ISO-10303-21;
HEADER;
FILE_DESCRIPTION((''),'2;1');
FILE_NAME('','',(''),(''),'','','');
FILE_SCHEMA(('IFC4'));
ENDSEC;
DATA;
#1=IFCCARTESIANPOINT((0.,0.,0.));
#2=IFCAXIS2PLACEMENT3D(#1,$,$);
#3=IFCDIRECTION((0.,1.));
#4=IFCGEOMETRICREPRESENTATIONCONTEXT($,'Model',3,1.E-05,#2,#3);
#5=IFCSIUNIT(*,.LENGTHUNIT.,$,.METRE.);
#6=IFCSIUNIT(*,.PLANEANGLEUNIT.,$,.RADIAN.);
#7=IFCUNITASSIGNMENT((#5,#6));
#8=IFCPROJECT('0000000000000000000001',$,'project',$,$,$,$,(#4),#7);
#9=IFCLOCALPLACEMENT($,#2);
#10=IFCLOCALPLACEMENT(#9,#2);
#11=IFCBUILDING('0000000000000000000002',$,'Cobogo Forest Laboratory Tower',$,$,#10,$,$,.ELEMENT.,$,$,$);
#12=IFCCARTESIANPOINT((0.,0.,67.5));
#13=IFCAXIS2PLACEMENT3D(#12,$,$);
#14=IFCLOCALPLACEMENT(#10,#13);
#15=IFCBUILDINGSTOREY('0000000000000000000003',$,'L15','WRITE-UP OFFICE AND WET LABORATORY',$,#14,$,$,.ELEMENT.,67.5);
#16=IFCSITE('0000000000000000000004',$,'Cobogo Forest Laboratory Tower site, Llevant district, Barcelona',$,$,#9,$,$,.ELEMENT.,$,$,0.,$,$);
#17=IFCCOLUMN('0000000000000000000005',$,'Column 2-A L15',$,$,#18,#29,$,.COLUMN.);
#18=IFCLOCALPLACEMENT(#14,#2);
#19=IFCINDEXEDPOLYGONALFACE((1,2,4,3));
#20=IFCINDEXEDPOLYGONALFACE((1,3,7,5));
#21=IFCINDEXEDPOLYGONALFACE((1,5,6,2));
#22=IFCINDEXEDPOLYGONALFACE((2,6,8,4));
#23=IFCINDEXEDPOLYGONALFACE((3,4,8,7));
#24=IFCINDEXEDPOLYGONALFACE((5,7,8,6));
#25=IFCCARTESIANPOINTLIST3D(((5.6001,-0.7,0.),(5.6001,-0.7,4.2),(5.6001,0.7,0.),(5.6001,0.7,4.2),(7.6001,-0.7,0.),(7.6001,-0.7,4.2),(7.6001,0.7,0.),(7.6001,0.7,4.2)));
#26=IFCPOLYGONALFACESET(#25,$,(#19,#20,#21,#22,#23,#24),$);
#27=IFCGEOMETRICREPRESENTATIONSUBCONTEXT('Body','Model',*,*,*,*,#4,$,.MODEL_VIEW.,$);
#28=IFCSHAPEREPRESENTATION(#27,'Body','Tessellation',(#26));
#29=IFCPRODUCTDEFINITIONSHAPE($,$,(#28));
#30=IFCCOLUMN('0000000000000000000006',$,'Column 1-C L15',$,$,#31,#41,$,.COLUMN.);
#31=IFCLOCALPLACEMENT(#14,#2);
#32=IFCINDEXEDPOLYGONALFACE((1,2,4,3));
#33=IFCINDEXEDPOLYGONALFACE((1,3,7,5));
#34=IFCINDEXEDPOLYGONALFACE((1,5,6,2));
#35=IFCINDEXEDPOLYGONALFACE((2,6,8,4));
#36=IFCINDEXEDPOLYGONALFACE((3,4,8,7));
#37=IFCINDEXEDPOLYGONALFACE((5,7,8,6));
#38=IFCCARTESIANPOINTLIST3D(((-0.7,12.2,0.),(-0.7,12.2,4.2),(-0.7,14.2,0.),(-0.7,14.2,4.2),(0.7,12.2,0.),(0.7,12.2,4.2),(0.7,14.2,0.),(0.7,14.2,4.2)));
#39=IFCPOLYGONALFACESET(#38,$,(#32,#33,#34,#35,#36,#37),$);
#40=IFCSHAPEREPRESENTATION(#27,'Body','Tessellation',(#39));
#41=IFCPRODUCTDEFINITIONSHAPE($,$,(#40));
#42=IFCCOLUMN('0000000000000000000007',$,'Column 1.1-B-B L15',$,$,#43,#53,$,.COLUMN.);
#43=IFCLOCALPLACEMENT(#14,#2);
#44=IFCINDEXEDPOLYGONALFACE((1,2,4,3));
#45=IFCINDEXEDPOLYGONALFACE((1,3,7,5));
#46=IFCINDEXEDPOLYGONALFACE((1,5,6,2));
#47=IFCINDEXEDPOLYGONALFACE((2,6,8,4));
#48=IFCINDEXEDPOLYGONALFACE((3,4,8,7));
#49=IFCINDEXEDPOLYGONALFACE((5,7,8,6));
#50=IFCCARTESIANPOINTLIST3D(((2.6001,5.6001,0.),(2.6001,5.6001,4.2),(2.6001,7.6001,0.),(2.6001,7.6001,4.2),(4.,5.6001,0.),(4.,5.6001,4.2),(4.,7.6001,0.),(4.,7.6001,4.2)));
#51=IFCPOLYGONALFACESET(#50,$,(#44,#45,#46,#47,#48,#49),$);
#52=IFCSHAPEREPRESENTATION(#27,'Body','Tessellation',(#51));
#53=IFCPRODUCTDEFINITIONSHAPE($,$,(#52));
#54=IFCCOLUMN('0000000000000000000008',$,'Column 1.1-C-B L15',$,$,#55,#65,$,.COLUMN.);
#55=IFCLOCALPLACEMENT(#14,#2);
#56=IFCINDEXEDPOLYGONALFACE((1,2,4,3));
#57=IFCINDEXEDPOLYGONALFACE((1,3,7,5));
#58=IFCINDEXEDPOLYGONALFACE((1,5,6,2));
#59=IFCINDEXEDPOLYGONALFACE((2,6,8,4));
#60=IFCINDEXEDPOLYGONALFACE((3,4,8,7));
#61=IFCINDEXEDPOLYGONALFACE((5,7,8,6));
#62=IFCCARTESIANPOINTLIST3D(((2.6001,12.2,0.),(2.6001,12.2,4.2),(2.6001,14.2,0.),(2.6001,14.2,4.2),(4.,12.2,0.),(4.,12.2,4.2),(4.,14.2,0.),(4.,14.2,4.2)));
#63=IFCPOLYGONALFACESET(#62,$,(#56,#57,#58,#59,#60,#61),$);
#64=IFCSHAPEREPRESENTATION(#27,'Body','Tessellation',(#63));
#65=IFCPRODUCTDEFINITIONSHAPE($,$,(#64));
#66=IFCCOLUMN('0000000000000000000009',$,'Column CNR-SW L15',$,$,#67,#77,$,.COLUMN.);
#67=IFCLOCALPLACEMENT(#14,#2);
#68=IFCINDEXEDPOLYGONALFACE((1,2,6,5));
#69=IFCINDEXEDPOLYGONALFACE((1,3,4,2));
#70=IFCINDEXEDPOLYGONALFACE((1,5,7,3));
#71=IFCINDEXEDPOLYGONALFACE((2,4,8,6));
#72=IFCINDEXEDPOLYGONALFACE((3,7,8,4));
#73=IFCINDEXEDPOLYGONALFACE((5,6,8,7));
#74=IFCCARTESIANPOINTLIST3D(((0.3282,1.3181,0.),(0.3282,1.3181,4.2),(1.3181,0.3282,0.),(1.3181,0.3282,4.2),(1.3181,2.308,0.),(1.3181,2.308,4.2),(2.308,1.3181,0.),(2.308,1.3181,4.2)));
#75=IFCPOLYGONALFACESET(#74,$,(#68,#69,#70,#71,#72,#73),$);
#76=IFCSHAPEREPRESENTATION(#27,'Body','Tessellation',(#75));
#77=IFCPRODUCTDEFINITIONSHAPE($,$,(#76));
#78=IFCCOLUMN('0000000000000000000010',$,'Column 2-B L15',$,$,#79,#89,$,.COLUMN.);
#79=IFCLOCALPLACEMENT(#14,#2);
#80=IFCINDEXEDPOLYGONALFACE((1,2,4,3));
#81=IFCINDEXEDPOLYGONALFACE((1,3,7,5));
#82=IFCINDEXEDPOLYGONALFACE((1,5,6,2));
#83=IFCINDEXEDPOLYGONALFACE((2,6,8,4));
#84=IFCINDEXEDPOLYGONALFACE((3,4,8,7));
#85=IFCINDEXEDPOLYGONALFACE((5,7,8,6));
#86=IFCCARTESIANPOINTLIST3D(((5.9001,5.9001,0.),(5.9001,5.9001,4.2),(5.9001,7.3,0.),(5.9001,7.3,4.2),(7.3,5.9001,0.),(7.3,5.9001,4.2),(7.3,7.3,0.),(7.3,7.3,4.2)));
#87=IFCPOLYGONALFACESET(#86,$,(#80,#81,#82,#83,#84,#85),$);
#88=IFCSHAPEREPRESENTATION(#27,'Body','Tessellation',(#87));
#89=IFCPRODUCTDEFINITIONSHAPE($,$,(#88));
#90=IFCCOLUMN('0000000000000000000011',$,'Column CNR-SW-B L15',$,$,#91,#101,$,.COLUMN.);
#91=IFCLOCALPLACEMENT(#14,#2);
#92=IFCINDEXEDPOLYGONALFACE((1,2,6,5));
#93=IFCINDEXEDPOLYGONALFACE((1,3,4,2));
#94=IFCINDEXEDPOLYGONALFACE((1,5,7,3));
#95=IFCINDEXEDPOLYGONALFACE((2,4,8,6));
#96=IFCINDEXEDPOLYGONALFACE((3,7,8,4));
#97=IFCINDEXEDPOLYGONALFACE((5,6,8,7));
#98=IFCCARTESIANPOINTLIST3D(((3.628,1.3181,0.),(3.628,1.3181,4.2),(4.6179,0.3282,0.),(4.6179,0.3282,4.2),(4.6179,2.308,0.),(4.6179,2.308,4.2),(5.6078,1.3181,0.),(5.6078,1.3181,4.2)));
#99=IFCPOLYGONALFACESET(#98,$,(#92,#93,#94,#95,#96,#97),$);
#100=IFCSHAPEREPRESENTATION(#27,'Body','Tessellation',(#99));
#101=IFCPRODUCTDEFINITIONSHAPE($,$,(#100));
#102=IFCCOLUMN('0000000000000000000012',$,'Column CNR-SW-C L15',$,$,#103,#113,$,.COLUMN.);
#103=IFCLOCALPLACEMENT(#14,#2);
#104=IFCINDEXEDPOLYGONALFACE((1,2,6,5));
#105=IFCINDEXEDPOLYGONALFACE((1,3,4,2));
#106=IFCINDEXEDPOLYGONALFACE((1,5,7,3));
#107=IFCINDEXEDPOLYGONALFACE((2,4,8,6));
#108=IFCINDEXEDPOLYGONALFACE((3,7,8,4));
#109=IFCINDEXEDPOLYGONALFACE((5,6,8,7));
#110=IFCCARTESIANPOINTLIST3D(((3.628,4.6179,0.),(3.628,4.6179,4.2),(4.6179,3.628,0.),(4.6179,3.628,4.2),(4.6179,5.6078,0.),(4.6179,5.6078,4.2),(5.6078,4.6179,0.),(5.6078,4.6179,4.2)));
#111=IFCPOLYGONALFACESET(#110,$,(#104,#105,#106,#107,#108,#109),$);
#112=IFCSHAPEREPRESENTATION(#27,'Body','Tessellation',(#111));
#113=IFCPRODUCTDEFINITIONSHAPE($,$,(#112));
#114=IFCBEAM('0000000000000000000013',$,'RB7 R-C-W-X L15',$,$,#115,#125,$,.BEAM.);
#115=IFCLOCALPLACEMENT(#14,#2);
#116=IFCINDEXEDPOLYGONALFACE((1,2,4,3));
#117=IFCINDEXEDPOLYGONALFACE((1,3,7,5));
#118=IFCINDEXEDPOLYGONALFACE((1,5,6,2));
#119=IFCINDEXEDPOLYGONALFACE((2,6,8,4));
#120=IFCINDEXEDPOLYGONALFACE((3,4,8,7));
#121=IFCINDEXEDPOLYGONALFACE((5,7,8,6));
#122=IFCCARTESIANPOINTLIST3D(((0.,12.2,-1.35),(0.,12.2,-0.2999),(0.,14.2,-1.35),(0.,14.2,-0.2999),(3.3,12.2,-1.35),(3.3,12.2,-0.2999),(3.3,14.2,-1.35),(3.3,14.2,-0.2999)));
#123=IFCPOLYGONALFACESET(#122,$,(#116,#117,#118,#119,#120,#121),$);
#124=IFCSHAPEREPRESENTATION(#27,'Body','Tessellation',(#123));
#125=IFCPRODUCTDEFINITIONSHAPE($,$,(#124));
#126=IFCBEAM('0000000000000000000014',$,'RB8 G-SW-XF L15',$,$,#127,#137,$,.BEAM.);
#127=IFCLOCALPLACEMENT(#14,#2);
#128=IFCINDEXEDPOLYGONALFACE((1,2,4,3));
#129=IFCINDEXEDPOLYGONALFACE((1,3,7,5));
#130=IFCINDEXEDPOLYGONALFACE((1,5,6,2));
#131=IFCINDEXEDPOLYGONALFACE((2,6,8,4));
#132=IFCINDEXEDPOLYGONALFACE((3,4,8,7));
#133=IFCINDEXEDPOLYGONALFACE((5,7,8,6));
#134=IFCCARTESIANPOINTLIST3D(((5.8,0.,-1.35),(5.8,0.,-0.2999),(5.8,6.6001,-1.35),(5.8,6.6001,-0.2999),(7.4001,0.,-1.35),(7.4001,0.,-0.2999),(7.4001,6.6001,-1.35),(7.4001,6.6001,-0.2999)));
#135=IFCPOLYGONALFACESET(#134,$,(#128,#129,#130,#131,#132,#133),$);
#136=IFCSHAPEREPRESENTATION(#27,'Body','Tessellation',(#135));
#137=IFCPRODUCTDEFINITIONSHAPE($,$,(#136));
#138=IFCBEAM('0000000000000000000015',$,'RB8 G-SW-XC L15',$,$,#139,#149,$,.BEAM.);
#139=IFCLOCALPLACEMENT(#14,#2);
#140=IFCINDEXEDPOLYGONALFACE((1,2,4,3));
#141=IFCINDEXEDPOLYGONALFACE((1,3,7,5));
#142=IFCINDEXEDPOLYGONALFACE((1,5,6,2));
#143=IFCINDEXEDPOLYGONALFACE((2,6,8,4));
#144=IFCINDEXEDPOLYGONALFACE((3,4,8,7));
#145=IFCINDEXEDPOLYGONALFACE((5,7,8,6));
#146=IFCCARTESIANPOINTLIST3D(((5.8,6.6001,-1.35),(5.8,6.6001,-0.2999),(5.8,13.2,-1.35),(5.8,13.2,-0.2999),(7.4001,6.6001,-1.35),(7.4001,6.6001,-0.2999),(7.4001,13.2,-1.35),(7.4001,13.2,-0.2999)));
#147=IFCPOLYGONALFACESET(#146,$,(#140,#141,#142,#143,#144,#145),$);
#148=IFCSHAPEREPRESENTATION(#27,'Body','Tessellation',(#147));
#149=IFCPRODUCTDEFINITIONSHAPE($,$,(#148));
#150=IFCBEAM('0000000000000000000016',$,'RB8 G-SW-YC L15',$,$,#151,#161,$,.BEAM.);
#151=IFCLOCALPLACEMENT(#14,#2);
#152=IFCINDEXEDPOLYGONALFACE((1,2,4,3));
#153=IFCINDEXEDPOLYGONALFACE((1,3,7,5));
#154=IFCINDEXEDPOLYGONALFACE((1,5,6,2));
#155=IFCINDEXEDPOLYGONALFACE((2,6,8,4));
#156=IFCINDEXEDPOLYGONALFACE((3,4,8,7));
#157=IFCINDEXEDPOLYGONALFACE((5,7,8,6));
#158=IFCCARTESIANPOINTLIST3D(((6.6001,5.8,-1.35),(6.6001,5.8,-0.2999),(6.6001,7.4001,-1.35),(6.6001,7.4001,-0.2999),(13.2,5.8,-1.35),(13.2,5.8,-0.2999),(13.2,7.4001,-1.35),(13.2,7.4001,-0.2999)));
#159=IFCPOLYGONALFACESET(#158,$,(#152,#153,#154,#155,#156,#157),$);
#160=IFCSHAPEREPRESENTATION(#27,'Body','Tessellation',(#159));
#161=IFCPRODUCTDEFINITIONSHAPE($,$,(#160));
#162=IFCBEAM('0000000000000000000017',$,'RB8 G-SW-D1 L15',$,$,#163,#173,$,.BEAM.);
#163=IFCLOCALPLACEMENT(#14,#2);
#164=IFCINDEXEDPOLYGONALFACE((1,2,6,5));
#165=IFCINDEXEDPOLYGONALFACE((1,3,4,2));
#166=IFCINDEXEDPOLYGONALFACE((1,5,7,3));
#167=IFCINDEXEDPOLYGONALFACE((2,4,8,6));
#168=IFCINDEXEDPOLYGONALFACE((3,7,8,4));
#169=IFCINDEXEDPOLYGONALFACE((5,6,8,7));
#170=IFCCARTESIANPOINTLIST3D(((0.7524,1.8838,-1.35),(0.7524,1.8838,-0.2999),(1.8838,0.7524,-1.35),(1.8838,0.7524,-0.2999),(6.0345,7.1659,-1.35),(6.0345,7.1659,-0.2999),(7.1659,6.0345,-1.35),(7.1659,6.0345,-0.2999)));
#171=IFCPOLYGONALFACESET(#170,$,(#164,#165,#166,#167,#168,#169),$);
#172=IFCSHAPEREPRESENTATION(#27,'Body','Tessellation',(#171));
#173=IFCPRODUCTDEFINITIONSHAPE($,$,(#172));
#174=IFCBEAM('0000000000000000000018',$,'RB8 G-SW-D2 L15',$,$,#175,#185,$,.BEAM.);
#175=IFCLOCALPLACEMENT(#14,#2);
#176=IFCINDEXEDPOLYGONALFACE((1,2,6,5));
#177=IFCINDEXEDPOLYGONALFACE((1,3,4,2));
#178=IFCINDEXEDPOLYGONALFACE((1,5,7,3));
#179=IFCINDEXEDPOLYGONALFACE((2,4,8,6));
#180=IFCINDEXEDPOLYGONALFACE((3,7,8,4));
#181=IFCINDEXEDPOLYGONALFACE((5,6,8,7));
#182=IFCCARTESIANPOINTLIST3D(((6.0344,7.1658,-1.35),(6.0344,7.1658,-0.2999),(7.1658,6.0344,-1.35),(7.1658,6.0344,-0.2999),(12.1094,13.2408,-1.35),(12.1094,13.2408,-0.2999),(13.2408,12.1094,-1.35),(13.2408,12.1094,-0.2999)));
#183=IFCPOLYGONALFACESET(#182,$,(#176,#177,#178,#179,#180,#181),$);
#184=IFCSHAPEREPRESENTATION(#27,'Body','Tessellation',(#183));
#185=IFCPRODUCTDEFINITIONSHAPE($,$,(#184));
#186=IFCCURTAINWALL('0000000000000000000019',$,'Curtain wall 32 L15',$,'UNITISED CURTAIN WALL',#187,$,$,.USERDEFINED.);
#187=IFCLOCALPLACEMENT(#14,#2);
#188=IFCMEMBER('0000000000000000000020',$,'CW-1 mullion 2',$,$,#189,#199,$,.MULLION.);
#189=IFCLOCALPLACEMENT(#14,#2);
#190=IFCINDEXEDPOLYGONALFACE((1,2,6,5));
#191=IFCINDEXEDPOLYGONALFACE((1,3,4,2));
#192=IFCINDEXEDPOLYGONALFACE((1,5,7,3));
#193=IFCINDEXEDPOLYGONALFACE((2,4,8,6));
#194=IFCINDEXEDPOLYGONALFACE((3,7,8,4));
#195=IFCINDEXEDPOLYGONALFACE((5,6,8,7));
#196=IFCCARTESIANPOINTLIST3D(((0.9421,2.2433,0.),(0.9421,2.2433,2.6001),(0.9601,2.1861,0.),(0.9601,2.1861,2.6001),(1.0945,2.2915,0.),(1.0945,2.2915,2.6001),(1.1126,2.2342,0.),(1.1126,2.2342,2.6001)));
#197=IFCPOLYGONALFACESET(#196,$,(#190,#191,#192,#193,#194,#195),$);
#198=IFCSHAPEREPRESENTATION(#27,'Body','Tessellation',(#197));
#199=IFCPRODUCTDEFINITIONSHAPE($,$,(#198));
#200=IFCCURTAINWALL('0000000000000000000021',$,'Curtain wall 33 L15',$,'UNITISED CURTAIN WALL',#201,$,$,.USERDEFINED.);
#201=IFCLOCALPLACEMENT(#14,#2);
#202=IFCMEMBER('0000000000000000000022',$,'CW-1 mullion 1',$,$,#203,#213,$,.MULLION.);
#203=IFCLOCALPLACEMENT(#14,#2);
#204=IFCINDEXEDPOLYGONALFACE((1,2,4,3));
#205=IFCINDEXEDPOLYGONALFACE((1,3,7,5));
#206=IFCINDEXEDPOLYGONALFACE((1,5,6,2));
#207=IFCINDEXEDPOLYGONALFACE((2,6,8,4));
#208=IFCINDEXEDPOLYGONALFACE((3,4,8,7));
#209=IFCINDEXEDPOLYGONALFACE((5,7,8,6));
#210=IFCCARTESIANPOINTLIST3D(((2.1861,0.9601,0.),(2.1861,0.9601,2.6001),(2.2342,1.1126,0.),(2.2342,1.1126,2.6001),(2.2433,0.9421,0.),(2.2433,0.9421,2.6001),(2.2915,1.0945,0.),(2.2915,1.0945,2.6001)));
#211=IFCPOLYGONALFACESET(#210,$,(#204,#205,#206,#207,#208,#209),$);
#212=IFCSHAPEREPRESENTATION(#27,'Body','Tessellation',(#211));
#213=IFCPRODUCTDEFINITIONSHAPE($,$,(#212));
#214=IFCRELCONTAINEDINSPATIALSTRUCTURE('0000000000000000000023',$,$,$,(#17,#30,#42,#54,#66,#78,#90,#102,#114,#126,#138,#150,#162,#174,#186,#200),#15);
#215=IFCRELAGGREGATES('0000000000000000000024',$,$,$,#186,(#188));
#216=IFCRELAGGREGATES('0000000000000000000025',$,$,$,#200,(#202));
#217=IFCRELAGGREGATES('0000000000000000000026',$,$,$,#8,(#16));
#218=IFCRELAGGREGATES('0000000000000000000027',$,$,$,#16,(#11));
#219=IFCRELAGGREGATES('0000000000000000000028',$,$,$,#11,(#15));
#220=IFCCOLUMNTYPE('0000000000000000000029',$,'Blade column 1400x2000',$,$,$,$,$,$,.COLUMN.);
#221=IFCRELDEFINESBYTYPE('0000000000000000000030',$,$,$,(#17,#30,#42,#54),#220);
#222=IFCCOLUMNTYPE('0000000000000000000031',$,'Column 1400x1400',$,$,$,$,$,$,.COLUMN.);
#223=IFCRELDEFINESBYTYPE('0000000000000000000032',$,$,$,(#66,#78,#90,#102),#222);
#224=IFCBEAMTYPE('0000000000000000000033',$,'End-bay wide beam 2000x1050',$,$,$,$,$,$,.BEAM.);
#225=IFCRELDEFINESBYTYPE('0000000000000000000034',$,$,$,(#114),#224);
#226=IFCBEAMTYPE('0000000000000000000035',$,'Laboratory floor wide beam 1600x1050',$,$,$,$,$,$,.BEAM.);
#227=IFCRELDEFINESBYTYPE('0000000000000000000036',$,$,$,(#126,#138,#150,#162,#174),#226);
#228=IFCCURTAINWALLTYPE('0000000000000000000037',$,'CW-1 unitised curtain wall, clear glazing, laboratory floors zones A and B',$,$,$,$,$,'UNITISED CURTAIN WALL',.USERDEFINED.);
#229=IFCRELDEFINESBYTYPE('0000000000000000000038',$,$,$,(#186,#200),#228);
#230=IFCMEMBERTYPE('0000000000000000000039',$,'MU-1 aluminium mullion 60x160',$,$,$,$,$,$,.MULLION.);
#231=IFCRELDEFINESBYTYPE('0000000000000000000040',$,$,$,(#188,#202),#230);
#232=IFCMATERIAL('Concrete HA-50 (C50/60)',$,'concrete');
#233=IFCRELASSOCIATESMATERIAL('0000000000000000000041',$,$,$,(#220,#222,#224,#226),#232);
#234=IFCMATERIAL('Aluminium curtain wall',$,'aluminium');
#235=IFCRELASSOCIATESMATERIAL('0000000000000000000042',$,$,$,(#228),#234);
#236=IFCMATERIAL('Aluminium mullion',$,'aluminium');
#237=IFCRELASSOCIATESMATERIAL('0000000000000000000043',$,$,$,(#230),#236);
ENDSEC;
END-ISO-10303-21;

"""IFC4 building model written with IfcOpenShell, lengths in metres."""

from ifc_helpers import new_model, si_unit, direction, frame, origin, origin_2d, place, context, subcontext, project, spatial, rectangle, extrude, material, material_profile, profile_set, type_object, element, aggregate, save


model = new_model("IFC4")

# Units and contexts
model_context = context("Model", 3, precision=1e-05, world=origin(), true_north=direction((0.0, 1.0)))
body_context = subcontext(model_context, "Body", "Model", "MODEL_VIEW")
ifc_project = project(units=[si_unit("LENGTHUNIT", "METRE"), si_unit("PLANEANGLEUNIT", "RADIAN")], contexts=[model_context])

# Site, building, storey
site_placement = place(None, origin())
site = spatial("IfcSite", under=ifc_project, at=site_placement, Name="Cobogo Forest Laboratory Tower site, Llevant district, Barcelona", CompositionType="ELEMENT", RefElevation=0.0)
building_placement = place(site_placement, origin())
building = spatial("IfcBuilding", under=site, at=building_placement, Name="Cobogo Forest Laboratory Tower", CompositionType="ELEMENT")
storey_placement = place(building_placement, frame((0.0, 0.0, 67.5)))
storey = spatial("IfcBuildingStorey", under=building, at=storey_placement, Name="L15", Description="WRITE-UP OFFICE AND WET LABORATORY", CompositionType="ELEMENT", Elevation=67.5)

# Columns
ifc_material_1 = material(Name="Concrete HA-50 (C50/60)", Category="concrete")
ifc_material_profile_1 = material_profile(ifc_material_1, rectangle(XDim=2.0, YDim=1.3999, at=origin_2d()), Name="RC 1400x2000")
ifc_profile_set_1 = profile_set([ifc_material_profile_1], Name="Concrete HA-50 (C50/60)")
column_type_1 = type_object("IfcColumnType", Name="Blade column 1400x2000", PredefinedType="COLUMN", material=ifc_profile_set_1)
for number, where, z_axis, x_axis, name in (
    (1, (6.6001, 0.0, 0.0), (0.0, 0.0, 1.0), (1.0, 0.0, 0.0), "Column 2-A L15"),
    (2, (0.0, 13.2, 0.0), (0.0, 0.0, 1.0), (0.0, 1.0, 0.0), "Column 1-C L15"),
    (3, (3.3, 6.6001, 0.0), (0.0, 0.0, 1.0), (0.0, 1.0, 0.0), "Column 1.1-B-B L15"),
    (4, (3.3, 13.2, 0.0), (0.0, 0.0, 1.0), (0.0, 1.0, 0.0), "Column 1.1-C-B L15"),
):
    element("IfcColumn", number, at=place(storey_placement, frame(where, z_axis=z_axis, x_axis=x_axis)), inside=storey, type_object=column_type_1, Name=name, PredefinedType="COLUMN", context=body_context, shape_type="SweptSolid", body=[
        extrude(rectangle(XDim=2.0, YDim=1.3999, at=origin_2d()), origin(), (0.0, 0.0, 1.0), 4.2),
    ])
ifc_material_profile_2 = material_profile(ifc_material_1, rectangle(XDim=1.3999, YDim=1.3999, at=origin_2d()), Name="RC 1400x1400")
ifc_profile_set_2 = profile_set([ifc_material_profile_2], Name="Concrete HA-50 (C50/60)")
column_type_2 = type_object("IfcColumnType", Name="Column 1400x1400", PredefinedType="COLUMN", material=ifc_profile_set_2)
for number, where, z_axis, x_axis, name in (
    (5, (1.3181, 1.3181, 0.0), (0.0, 0.0, 1.0), (0.707107, 0.707107, 0.0), "Column CNR-SW L15"),
    (6, (6.6001, 6.6001, 0.0), (0.0, 0.0, 1.0), (1.0, 0.0, 0.0), "Column 2-B L15"),
    (7, (4.6179, 1.3181, 0.0), (0.0, 0.0, 1.0), (0.707107, 0.707107, 0.0), "Column CNR-SW-B L15"),
    (8, (4.6179, 4.6179, 0.0), (0.0, 0.0, 1.0), (0.707107, 0.707107, 0.0), "Column CNR-SW-C L15"),
):
    element("IfcColumn", number, at=place(storey_placement, frame(where, z_axis=z_axis, x_axis=x_axis)), inside=storey, type_object=column_type_2, Name=name, PredefinedType="COLUMN", context=body_context, shape_type="SweptSolid", body=[
        extrude(rectangle(XDim=1.3999, YDim=1.3999, at=origin_2d()), origin(), (0.0, 0.0, 1.0), 4.2),
    ])

# Beams
ifc_material_profile_3 = material_profile(ifc_material_1, rectangle(XDim=2.0, YDim=1.05, at=origin_2d()), Name="RC 2000x1050")
ifc_profile_set_3 = profile_set([ifc_material_profile_3], Name="Concrete HA-50 (C50/60)")
beam_type_1 = type_object("IfcBeamType", Name="End-bay wide beam 2000x1050", PredefinedType="BEAM", material=ifc_profile_set_3)
beam_1_placement = place(storey_placement, frame((0.0, 13.2, -0.825), z_axis=(1.0, 0.0, 0.0), x_axis=(0.0, 1.0, 0.0)))
element("IfcBeam", 9, at=beam_1_placement, inside=storey, type_object=beam_type_1, Name="RB7 R-C-W-X L15", PredefinedType="BEAM", context=body_context, shape_type="SweptSolid", body=[
    extrude(rectangle(XDim=2.0, YDim=1.05, at=origin_2d()), origin(), (0.0, 0.0, 1.0), 3.3),
])
ifc_material_profile_4 = material_profile(ifc_material_1, rectangle(XDim=1.6001, YDim=1.05, at=origin_2d()), Name="RC 1600x1050")
ifc_profile_set_4 = profile_set([ifc_material_profile_4], Name="Concrete HA-50 (C50/60)")
beam_type_2 = type_object("IfcBeamType", Name="Laboratory floor wide beam 1600x1050", PredefinedType="BEAM", material=ifc_profile_set_4)
beam_2_placement = place(storey_placement, frame((6.6001, 0.0, -0.825), z_axis=(0.0, 1.0, 0.0), x_axis=(-1.0, 0.0, 0.0)))
element("IfcBeam", 10, at=beam_2_placement, inside=storey, type_object=beam_type_2, Name="RB8 G-SW-XF L15", PredefinedType="BEAM", context=body_context, shape_type="SweptSolid", body=[
    extrude(rectangle(XDim=1.6001, YDim=1.05, at=origin_2d()), origin(), (0.0, 0.0, 1.0), 6.6001),
])
for number, where, z_axis, x_axis, name in (
    (11, (6.6001, 6.6001, -0.825), (0.0, 1.0, 0.0), (-1.0, 0.0, 0.0), "RB8 G-SW-XC L15"),
    (12, (6.6001, 6.6001, -0.825), (1.0, 0.0, 0.0), (0.0, 1.0, 0.0), "RB8 G-SW-YC L15"),
):
    element("IfcBeam", number, at=place(storey_placement, frame(where, z_axis=z_axis, x_axis=x_axis)), inside=storey, type_object=beam_type_2, Name=name, PredefinedType="BEAM", context=body_context, shape_type="SweptSolid", body=[
        extrude(rectangle(XDim=1.6001, YDim=1.05, at=origin_2d()), origin(), (0.0, 0.0, 1.0), 6.5999),
    ])
beam_3_placement = place(storey_placement, frame((1.3181, 1.3181, -0.825), z_axis=(0.707107, 0.707107, 0.0), x_axis=(-0.707107, 0.707107, 0.0)))
element("IfcBeam", 13, at=beam_3_placement, inside=storey, type_object=beam_type_2, Name="RB8 G-SW-D1 L15", PredefinedType="BEAM", context=body_context, shape_type="SweptSolid", body=[
    extrude(rectangle(XDim=1.6001, YDim=1.05, at=origin_2d()), origin(), (0.0, 0.0, 1.0), 7.47),
])
beam_4_placement = place(storey_placement, frame((6.6001, 6.6001, -0.825), z_axis=(0.707107, 0.707107, 0.0), x_axis=(-0.707107, 0.707107, 0.0)))
element("IfcBeam", 14, at=beam_4_placement, inside=storey, type_object=beam_type_2, Name="RB8 G-SW-D2 L15", PredefinedType="BEAM", context=body_context, shape_type="SweptSolid", body=[
    extrude(rectangle(XDim=1.6001, YDim=1.05, at=origin_2d()), origin(), (0.0, 0.0, 1.0), 8.5913),
])

# Curtain wall, member
ifc_material_2 = material(Name="Aluminium curtain wall", Category="aluminium")
curtain_wall_type = type_object("IfcCurtainWallType", Name="CW-1 unitised curtain wall, clear glazing, laboratory floors zones A and B", ElementType="UNITISED CURTAIN WALL", PredefinedType="USERDEFINED", material=ifc_material_2)
curtain_wall_1_placement = place(storey_placement, origin())
curtain_wall_1 = element("IfcCurtainWall", 15, at=curtain_wall_1_placement, inside=storey, type_object=curtain_wall_type, Name="Curtain wall 32 L15", ObjectType="UNITISED CURTAIN WALL", PredefinedType="USERDEFINED")
ifc_material_3 = material(Name="Aluminium mullion", Category="aluminium")
ifc_material_profile_5 = material_profile(ifc_material_3, rectangle(XDim=0.0601, YDim=0.1599, at=origin_2d()), Name="AL 60x160")
ifc_profile_set_5 = profile_set([ifc_material_profile_5], Name="Aluminium mullion")
member_type_1 = type_object("IfcMemberType", Name="MU-1 aluminium mullion 60x160", PredefinedType="MULLION", material=ifc_profile_set_5)
member_1_placement = place(storey_placement, frame((1.0273, 2.2388, 0.0), z_axis=(0.0, 0.0, 1.0), x_axis=(0.301135, -0.953581, 0.0)))
member_1 = element("IfcMember", 16, at=member_1_placement, type_object=member_type_1, Name="CW-1 mullion 2", PredefinedType="MULLION", context=body_context, shape_type="SweptSolid", body=[
    extrude(rectangle(XDim=0.0601, YDim=0.1599, at=origin_2d()), origin(), (0.0, 0.0, 1.0), 2.6001),
])

# Curtain wall, member
curtain_wall_2_placement = place(storey_placement, origin())
curtain_wall_2 = element("IfcCurtainWall", 17, at=curtain_wall_2_placement, inside=storey, type_object=curtain_wall_type, Name="Curtain wall 33 L15", ObjectType="UNITISED CURTAIN WALL", PredefinedType="USERDEFINED")
member_2_placement = place(storey_placement, frame((2.2388, 1.0273, 0.0), z_axis=(0.0, 0.0, 1.0), x_axis=(0.953581, -0.301135, 0.0)))
member_2 = element("IfcMember", 18, at=member_2_placement, type_object=member_type_1, Name="CW-1 mullion 1", PredefinedType="MULLION", context=body_context, shape_type="SweptSolid", body=[
    extrude(rectangle(XDim=0.0601, YDim=0.1599, at=origin_2d()), origin(), (0.0, 0.0, 1.0), 2.6001),
])

aggregate(curtain_wall_1, [member_1])
aggregate(curtain_wall_2, [member_2])

save(model, "model.ifc")
